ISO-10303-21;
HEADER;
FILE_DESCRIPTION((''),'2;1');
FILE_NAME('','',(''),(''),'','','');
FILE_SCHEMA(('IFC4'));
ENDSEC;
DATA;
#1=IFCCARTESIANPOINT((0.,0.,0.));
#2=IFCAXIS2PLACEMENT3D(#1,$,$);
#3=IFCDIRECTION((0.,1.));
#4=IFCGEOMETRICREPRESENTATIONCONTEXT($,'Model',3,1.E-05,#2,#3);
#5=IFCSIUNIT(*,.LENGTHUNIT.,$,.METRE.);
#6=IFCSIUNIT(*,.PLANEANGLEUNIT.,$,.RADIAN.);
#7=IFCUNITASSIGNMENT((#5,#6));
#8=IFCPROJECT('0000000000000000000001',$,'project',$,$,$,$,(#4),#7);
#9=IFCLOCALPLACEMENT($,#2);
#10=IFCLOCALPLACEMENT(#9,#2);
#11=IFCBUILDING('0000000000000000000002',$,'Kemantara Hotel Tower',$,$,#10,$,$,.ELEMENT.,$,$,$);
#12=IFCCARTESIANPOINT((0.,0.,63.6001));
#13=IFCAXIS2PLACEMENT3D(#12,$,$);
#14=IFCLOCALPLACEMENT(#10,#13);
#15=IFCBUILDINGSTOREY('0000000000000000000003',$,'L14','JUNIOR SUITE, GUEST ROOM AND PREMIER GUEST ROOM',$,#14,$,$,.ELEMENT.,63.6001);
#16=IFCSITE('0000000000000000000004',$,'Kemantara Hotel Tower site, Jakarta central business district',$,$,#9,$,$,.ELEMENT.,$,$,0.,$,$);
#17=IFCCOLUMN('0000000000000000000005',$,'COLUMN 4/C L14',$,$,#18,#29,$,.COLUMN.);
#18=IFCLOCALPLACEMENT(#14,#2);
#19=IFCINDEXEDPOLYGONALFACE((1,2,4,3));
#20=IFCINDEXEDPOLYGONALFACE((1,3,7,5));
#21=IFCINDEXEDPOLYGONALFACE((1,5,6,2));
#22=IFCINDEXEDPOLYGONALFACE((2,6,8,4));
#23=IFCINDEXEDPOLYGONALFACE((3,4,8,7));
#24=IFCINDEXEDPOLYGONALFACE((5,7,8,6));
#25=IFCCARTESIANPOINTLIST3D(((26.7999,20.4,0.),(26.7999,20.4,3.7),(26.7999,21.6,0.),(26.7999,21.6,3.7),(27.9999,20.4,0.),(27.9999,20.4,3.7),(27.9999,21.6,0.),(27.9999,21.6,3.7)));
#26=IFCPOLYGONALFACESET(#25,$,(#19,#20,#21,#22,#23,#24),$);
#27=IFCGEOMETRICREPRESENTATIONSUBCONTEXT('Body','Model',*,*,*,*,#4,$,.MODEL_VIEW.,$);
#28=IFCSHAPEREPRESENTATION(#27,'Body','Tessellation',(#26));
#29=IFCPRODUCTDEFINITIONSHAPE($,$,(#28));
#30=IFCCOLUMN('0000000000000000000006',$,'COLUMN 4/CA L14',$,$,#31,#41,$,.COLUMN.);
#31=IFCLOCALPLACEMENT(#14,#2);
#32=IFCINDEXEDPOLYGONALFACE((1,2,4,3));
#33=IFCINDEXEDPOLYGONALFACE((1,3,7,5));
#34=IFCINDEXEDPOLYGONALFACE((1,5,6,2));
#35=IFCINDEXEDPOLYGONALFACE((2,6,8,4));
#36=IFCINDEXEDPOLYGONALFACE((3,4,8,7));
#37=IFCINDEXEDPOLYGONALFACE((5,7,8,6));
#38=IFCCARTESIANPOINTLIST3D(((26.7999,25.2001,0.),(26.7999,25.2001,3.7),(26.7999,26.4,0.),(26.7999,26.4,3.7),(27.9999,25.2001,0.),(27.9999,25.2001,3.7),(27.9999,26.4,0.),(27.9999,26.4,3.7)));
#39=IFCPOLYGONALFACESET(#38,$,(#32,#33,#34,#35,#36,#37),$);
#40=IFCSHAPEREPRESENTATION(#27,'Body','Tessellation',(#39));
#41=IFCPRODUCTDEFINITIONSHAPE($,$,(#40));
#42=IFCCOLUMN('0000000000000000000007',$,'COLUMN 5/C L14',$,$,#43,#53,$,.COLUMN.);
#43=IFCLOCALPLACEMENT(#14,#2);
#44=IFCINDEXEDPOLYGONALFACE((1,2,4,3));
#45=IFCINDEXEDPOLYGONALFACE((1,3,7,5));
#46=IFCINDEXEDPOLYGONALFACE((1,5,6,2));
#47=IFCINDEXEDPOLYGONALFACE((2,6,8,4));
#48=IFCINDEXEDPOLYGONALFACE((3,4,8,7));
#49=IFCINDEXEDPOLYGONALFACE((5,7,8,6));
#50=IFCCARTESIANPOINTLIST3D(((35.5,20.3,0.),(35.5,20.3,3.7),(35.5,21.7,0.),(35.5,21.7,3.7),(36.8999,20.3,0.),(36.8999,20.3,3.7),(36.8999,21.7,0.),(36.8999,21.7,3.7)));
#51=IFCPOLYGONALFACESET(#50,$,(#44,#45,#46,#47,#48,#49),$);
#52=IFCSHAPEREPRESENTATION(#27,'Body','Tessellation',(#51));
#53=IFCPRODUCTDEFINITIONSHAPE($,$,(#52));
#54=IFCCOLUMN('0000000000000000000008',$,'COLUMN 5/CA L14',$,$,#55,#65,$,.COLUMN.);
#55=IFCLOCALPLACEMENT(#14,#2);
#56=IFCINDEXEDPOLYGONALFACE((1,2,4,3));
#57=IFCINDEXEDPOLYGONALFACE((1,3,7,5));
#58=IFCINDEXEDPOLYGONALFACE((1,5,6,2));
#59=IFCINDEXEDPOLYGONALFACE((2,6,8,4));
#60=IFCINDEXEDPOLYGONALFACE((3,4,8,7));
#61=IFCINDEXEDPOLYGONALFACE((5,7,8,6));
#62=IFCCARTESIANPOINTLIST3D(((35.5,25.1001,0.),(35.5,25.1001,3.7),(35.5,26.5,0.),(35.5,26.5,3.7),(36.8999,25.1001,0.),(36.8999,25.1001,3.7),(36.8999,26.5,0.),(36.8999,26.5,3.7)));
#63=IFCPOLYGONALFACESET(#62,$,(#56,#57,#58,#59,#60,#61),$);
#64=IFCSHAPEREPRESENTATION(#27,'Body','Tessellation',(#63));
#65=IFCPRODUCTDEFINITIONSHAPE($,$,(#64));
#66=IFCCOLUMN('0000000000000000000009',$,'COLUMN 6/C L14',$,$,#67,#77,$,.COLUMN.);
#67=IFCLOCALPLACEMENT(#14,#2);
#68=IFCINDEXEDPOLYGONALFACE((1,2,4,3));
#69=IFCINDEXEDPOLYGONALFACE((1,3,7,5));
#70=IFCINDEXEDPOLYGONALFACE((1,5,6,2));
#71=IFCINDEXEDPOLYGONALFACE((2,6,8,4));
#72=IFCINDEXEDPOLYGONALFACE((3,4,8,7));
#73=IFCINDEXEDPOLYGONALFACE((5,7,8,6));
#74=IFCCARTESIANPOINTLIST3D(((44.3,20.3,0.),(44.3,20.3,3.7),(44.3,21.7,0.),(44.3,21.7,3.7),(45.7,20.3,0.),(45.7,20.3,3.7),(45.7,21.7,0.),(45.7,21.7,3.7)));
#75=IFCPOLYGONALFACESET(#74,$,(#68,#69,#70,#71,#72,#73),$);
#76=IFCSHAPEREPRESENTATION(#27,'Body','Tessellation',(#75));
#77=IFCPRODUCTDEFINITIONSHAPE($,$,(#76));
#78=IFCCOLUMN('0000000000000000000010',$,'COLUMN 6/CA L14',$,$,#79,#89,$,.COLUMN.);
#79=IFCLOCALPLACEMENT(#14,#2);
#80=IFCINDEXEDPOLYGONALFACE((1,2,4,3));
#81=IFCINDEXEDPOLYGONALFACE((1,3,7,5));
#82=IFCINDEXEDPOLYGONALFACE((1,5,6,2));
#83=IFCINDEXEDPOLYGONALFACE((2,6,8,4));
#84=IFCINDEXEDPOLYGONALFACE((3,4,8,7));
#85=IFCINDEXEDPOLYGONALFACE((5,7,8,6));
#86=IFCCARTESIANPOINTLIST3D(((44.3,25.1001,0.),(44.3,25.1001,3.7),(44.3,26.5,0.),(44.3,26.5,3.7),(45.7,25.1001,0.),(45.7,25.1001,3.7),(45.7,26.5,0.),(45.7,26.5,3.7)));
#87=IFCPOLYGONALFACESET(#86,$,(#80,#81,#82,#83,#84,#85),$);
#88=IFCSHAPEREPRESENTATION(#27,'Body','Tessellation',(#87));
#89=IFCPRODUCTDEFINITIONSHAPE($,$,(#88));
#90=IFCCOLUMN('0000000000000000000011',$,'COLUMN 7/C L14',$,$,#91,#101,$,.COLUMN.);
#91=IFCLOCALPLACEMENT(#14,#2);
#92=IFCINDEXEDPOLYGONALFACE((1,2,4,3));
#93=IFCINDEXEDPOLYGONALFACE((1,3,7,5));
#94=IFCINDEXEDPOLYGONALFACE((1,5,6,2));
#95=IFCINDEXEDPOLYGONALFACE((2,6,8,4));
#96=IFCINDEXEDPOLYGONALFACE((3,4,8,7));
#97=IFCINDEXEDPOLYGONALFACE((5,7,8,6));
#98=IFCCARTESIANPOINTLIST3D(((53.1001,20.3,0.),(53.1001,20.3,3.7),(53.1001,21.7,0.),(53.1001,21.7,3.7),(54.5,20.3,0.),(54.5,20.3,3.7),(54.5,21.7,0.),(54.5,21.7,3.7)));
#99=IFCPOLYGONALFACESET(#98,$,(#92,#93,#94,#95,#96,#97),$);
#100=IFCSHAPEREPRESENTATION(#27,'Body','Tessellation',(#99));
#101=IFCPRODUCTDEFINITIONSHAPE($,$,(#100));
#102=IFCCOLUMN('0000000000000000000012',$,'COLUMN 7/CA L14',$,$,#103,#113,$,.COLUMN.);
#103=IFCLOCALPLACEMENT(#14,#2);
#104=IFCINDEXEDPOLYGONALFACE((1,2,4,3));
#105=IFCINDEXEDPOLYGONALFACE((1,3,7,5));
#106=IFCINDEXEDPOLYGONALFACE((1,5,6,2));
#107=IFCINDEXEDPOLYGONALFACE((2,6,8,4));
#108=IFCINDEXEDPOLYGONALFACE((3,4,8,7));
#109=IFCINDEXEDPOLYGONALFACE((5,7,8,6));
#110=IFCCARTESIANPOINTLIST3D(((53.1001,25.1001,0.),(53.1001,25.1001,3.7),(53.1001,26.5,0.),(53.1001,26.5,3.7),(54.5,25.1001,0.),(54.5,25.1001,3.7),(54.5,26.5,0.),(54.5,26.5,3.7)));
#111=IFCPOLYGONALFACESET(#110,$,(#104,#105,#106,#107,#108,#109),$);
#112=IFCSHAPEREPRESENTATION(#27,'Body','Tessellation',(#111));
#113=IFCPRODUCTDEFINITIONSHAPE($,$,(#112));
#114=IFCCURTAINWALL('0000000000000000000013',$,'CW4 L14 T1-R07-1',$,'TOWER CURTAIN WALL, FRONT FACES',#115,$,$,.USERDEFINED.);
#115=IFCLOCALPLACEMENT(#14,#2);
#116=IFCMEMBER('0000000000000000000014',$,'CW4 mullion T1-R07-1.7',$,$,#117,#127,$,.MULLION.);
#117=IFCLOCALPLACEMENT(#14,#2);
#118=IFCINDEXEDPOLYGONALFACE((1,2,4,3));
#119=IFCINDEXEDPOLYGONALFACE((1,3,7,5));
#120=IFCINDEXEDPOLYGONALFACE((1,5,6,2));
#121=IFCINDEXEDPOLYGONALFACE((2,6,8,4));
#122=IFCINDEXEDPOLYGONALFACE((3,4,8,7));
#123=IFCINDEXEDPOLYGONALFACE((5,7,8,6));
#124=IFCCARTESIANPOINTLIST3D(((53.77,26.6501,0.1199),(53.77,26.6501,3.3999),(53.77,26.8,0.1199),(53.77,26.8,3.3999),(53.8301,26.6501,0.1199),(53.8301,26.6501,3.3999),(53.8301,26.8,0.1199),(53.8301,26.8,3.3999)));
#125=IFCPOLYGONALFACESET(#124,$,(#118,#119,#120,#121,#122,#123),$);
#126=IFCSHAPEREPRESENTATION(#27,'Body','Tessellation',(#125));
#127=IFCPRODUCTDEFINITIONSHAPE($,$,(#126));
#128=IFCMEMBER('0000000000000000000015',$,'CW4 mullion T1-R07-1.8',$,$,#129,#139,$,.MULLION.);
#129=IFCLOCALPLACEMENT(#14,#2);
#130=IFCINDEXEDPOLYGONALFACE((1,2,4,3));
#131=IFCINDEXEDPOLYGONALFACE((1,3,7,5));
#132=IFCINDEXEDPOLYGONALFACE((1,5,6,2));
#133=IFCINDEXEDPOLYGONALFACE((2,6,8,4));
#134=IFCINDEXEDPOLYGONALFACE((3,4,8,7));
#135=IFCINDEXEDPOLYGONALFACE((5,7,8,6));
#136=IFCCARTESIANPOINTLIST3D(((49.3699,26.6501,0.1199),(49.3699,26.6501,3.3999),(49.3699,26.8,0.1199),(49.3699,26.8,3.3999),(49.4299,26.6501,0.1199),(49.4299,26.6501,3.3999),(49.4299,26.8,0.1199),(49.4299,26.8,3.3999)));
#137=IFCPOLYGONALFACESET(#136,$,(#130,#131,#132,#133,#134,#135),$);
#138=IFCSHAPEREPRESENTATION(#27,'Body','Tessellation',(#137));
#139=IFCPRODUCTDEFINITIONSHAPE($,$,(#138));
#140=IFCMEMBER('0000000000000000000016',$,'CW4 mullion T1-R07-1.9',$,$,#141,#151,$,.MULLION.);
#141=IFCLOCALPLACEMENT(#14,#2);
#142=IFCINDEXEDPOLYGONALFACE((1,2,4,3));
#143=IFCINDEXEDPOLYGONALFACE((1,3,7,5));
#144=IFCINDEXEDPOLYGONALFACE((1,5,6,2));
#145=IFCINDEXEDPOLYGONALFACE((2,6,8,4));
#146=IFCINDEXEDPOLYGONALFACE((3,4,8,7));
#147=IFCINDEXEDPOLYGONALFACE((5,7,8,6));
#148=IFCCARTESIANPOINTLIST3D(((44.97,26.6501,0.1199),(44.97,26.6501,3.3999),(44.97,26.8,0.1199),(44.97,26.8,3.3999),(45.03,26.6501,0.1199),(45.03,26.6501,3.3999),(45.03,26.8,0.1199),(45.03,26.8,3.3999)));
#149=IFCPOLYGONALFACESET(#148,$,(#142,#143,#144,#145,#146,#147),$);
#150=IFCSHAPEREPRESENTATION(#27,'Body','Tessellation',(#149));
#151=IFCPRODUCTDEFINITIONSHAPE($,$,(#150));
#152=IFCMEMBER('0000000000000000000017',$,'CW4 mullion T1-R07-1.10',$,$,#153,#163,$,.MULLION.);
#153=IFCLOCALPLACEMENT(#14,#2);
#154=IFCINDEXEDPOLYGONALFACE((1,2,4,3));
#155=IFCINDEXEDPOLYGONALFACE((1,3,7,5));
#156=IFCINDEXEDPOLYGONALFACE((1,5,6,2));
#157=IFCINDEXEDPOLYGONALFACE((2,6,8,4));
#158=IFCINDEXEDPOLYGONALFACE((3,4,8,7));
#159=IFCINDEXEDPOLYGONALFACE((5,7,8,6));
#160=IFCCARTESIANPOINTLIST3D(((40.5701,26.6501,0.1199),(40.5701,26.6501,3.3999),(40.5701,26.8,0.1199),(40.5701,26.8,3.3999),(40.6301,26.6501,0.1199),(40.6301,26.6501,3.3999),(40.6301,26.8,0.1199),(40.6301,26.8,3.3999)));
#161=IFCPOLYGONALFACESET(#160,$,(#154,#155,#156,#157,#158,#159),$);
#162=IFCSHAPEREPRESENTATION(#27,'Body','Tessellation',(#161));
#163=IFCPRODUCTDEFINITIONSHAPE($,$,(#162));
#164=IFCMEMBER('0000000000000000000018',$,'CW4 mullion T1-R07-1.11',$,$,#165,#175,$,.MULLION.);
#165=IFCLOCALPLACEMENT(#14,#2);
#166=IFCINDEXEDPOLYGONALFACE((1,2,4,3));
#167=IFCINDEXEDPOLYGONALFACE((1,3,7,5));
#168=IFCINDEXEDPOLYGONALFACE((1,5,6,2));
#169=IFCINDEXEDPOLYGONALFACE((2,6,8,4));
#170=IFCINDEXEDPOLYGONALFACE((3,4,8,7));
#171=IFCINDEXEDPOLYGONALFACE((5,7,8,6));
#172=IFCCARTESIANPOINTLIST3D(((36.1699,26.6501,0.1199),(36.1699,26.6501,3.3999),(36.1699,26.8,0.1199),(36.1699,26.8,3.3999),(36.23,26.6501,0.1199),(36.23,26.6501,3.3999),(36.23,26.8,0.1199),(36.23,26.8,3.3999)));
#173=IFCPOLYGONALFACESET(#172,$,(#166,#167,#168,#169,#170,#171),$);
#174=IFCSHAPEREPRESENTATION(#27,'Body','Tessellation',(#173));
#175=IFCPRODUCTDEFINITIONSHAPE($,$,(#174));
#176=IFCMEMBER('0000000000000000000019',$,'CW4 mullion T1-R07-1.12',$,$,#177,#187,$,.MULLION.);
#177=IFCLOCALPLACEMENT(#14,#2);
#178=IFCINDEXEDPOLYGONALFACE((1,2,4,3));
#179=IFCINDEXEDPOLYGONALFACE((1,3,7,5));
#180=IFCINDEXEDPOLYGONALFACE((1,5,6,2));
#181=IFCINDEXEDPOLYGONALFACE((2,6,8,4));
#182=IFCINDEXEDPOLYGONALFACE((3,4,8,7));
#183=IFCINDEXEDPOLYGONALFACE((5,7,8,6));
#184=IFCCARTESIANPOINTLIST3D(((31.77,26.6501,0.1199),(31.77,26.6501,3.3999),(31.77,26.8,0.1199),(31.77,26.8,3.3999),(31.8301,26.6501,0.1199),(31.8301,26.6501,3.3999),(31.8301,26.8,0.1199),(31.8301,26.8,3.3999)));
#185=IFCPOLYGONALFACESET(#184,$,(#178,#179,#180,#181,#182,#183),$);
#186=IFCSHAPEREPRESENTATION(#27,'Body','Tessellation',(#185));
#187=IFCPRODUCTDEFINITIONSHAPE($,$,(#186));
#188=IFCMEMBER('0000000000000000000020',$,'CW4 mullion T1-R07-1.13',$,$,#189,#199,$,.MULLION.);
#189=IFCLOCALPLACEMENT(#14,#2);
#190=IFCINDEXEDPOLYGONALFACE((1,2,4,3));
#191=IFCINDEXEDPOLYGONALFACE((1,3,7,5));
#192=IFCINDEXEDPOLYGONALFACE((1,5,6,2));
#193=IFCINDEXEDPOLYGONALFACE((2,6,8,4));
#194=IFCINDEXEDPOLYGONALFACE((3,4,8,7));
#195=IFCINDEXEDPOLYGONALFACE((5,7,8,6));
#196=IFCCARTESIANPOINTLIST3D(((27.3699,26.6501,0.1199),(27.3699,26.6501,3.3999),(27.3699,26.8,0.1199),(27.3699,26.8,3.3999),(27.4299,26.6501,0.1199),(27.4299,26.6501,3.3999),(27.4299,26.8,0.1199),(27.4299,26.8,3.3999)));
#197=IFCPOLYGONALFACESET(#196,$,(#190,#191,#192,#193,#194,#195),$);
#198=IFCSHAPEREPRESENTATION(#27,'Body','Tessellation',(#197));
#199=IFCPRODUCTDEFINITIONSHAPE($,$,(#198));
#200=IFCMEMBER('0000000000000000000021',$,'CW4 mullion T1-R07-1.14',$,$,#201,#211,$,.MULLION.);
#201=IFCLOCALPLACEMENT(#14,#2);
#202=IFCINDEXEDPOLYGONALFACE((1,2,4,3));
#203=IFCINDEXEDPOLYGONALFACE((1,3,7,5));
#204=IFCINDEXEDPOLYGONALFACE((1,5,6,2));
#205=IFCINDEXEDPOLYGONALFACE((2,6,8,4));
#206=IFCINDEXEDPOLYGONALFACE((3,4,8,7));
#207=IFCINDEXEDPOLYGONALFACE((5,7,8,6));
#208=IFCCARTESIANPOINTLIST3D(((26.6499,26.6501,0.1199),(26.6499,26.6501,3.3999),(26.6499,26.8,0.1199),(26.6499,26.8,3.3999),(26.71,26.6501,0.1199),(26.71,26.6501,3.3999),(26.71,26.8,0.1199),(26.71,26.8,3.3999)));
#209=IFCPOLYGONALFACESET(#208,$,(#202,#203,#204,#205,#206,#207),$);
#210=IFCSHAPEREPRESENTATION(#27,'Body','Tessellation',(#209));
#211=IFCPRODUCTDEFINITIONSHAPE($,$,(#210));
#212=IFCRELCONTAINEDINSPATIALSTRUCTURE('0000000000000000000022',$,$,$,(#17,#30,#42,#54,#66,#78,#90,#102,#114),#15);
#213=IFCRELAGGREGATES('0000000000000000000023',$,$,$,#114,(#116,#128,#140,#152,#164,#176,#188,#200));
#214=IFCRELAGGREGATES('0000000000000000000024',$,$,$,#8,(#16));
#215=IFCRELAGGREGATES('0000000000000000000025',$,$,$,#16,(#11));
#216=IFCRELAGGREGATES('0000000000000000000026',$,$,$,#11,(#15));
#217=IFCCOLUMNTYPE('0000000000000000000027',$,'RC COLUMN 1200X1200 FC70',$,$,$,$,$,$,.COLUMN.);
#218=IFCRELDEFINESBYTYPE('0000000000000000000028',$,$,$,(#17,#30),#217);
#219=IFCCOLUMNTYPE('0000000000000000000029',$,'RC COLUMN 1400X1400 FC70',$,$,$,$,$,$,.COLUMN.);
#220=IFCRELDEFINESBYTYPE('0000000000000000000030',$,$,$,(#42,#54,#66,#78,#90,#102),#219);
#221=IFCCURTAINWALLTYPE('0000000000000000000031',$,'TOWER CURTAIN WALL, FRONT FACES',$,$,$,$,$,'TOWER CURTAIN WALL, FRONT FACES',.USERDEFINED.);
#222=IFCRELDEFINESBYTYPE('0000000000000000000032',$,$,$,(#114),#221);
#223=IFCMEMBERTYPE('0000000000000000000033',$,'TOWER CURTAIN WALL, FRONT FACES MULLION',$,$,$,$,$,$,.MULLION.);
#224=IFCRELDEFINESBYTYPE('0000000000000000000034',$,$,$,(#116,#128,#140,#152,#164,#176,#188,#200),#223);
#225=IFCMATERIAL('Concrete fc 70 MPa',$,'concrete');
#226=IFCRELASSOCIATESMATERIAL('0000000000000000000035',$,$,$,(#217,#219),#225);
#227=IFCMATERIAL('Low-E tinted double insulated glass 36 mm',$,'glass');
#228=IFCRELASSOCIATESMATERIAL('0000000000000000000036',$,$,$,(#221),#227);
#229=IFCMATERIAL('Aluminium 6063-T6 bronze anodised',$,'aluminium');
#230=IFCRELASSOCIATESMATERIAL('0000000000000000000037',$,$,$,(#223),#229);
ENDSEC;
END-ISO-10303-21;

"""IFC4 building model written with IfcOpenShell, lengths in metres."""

from ifc_helpers import new_model, si_unit, direction, frame, origin, origin_2d, place, context, subcontext, project, spatial, rectangle, extrude, source, transform, mapped, material, material_profile, profile_set, type_object, element, aggregate, save


model = new_model("IFC4")

# Units and contexts
model_context = context("Model", 3, precision=1e-05, world=origin(), true_north=direction((0.0, 1.0)))
body_context = subcontext(model_context, "Body", "Model", "MODEL_VIEW")
ifc_project = project(units=[si_unit("LENGTHUNIT", "METRE"), si_unit("PLANEANGLEUNIT", "RADIAN")], contexts=[model_context])

# Site, building, storey
site_placement = place(None, origin())
site = spatial("IfcSite", under=ifc_project, at=site_placement, Name="Kemantara Hotel Tower site, Jakarta central business district", CompositionType="ELEMENT", RefElevation=0.0)
building_placement = place(site_placement, origin())
building = spatial("IfcBuilding", under=site, at=building_placement, Name="Kemantara Hotel Tower", CompositionType="ELEMENT")
storey_placement = place(building_placement, frame((0.0, 0.0, 63.6001)))
storey = spatial("IfcBuildingStorey", under=building, at=storey_placement, Name="L14", Description="JUNIOR SUITE, GUEST ROOM AND PREMIER GUEST ROOM", CompositionType="ELEMENT", Elevation=63.6001)

# Columns
ifc_material_1 = material(Name="Concrete fc 70 MPa", Category="concrete")
ifc_material_profile_1 = material_profile(ifc_material_1, rectangle(XDim=1.2, YDim=1.2, at=origin_2d()), Name="RC 1200X1200")
ifc_profile_set_1 = profile_set([ifc_material_profile_1], Name="Concrete fc 70 MPa")
column_type_1 = type_object("IfcColumnType", Name="RC COLUMN 1200X1200 FC70", PredefinedType="COLUMN", material=ifc_profile_set_1)
for number, where, z_axis, x_axis, name in (
    (1, (27.3999, 21.0, 0.0), (0.0, 0.0, 1.0), (1.0, 0.0, 0.0), "COLUMN 4/C L14"),
    (2, (27.3999, 25.8, 0.0), (0.0, 0.0, 1.0), (1.0, 0.0, 0.0), "COLUMN 4/CA L14"),
):
    element("IfcColumn", number, at=place(storey_placement, frame(where, z_axis=z_axis, x_axis=x_axis)), inside=storey, type_object=column_type_1, Name=name, PredefinedType="COLUMN", context=body_context, shape_type="SweptSolid", body=[
        extrude(rectangle(XDim=1.2, YDim=1.2, at=origin_2d()), origin(), (0.0, 0.0, 1.0), 3.7),
    ])
ifc_material_profile_2 = material_profile(ifc_material_1, rectangle(XDim=1.3999, YDim=1.3999, at=origin_2d()), Name="RC 1400X1400")
ifc_profile_set_2 = profile_set([ifc_material_profile_2], Name="Concrete fc 70 MPa")
column_type_2 = type_object("IfcColumnType", Name="RC COLUMN 1400X1400 FC70", PredefinedType="COLUMN", material=ifc_profile_set_2)
for number, where, z_axis, x_axis, name in (
    (3, (36.2, 21.0, 0.0), (0.0, 0.0, 1.0), (1.0, 0.0, 0.0), "COLUMN 5/C L14"),
    (4, (36.2, 25.8, 0.0), (0.0, 0.0, 1.0), (1.0, 0.0, 0.0), "COLUMN 5/CA L14"),
    (5, (45.0, 21.0, 0.0), (0.0, 0.0, 1.0), (1.0, 0.0, 0.0), "COLUMN 6/C L14"),
    (6, (45.0, 25.8, 0.0), (0.0, 0.0, 1.0), (1.0, 0.0, 0.0), "COLUMN 6/CA L14"),
    (7, (53.8, 21.0, 0.0), (0.0, 0.0, 1.0), (1.0, 0.0, 0.0), "COLUMN 7/C L14"),
    (8, (53.8, 25.8, 0.0), (0.0, 0.0, 1.0), (1.0, 0.0, 0.0), "COLUMN 7/CA L14"),
):
    element("IfcColumn", number, at=place(storey_placement, frame(where, z_axis=z_axis, x_axis=x_axis)), inside=storey, type_object=column_type_2, Name=name, PredefinedType="COLUMN", context=body_context, shape_type="SweptSolid", body=[
        extrude(rectangle(XDim=1.3999, YDim=1.3999, at=origin_2d()), origin(), (0.0, 0.0, 1.0), 3.7),
    ])

# Curtain wall, members
ifc_material_2 = material(Name="Low-E tinted double insulated glass 36 mm", Category="glass")
curtain_wall_type = type_object("IfcCurtainWallType", Name="TOWER CURTAIN WALL, FRONT FACES", ElementType="TOWER CURTAIN WALL, FRONT FACES", PredefinedType="USERDEFINED", material=ifc_material_2)
curtain_wall_placement = place(storey_placement, origin())
curtain_wall = element("IfcCurtainWall", 9, at=curtain_wall_placement, inside=storey, type_object=curtain_wall_type, Name="CW4 L14 T1-R07-1", ObjectType="TOWER CURTAIN WALL, FRONT FACES", PredefinedType="USERDEFINED")
ifc_material_3 = material(Name="Aluminium 6063-T6 bronze anodised", Category="aluminium")
ifc_material_profile_3 = material_profile(ifc_material_3, rectangle(XDim=0.1499, YDim=0.0601, at=origin_2d()), Name="TOWER CURTAIN WALL, FRONT FACES MULLION")
ifc_profile_set_3 = profile_set([ifc_material_profile_3], Name="Aluminium 6063-T6 bronze anodised")
member_type = type_object("IfcMemberType", Name="TOWER CURTAIN WALL, FRONT FACES MULLION", PredefinedType="MULLION", material=ifc_profile_set_3)
shared_shape_1 = source(origin(), body_context, "Body", "SweptSolid", [
    extrude(rectangle(XDim=0.1499, YDim=0.0601, at=origin_2d()), origin(), (0.0, 0.0, 1.0), 3.28),
])
member_1_placement = place(storey_placement, frame((53.8, 26.7251, 0.1199), z_axis=(0.0, 0.0, 1.0), x_axis=(0.0, -1.0, 0.0)))
member_1 = element("IfcMember", 10, at=member_1_placement, type_object=member_type, Name="CW4 mullion T1-R07-1.7", PredefinedType="MULLION", context=body_context, shape_type="MappedRepresentation", body=[
    mapped(shared_shape_1, transform((0.0, 0.0, 0.0))),
])
member_2_placement = place(storey_placement, frame((49.3999, 26.7251, 0.1199), z_axis=(0.0, 0.0, 1.0), x_axis=(0.0, -1.0, 0.0)))
member_2 = element("IfcMember", 11, at=member_2_placement, type_object=member_type, Name="CW4 mullion T1-R07-1.8", PredefinedType="MULLION", context=body_context, shape_type="MappedRepresentation", body=[
    mapped(shared_shape_1, transform((0.0, 0.0, 0.0))),
])
member_3_placement = place(storey_placement, frame((45.0, 26.7251, 0.1199), z_axis=(0.0, 0.0, 1.0), x_axis=(0.0, -1.0, 0.0)))
member_3 = element("IfcMember", 12, at=member_3_placement, type_object=member_type, Name="CW4 mullion T1-R07-1.9", PredefinedType="MULLION", context=body_context, shape_type="MappedRepresentation", body=[
    mapped(shared_shape_1, transform((0.0, 0.0, 0.0))),
])
member_4_placement = place(storey_placement, frame((40.6001, 26.7251, 0.1199), z_axis=(0.0, 0.0, 1.0), x_axis=(0.0, -1.0, 0.0)))
member_4 = element("IfcMember", 13, at=member_4_placement, type_object=member_type, Name="CW4 mullion T1-R07-1.10", PredefinedType="MULLION", context=body_context, shape_type="MappedRepresentation", body=[
    mapped(shared_shape_1, transform((0.0, 0.0, 0.0))),
])
member_5_placement = place(storey_placement, frame((36.2, 26.7251, 0.1199), z_axis=(0.0, 0.0, 1.0), x_axis=(0.0, -1.0, 0.0)))
member_5 = element("IfcMember", 14, at=member_5_placement, type_object=member_type, Name="CW4 mullion T1-R07-1.11", PredefinedType="MULLION", context=body_context, shape_type="MappedRepresentation", body=[
    mapped(shared_shape_1, transform((0.0, 0.0, 0.0))),
])
member_6_placement = place(storey_placement, frame((31.8, 26.7251, 0.1199), z_axis=(0.0, 0.0, 1.0), x_axis=(0.0, -1.0, 0.0)))
member_6 = element("IfcMember", 15, at=member_6_placement, type_object=member_type, Name="CW4 mullion T1-R07-1.12", PredefinedType="MULLION", context=body_context, shape_type="MappedRepresentation", body=[
    mapped(shared_shape_1, transform((0.0, 0.0, 0.0))),
])
member_7_placement = place(storey_placement, frame((27.3999, 26.7251, 0.1199), z_axis=(0.0, 0.0, 1.0), x_axis=(0.0, -1.0, 0.0)))
member_7 = element("IfcMember", 16, at=member_7_placement, type_object=member_type, Name="CW4 mullion T1-R07-1.13", PredefinedType="MULLION", context=body_context, shape_type="MappedRepresentation", body=[
    mapped(shared_shape_1, transform((0.0, 0.0, 0.0))),
])
member_8_placement = place(storey_placement, frame((26.6799, 26.7251, 0.1199), z_axis=(0.0, 0.0, 1.0), x_axis=(0.0, -1.0, 0.0)))
member_8 = element("IfcMember", 17, at=member_8_placement, type_object=member_type, Name="CW4 mullion T1-R07-1.14", PredefinedType="MULLION", context=body_context, shape_type="MappedRepresentation", body=[
    mapped(shared_shape_1, transform((0.0, 0.0, 0.0))),
])
aggregate(curtain_wall, [member_1, member_2, member_3, member_4, member_5, member_6, member_7, member_8])

save(model, "model.ifc")
